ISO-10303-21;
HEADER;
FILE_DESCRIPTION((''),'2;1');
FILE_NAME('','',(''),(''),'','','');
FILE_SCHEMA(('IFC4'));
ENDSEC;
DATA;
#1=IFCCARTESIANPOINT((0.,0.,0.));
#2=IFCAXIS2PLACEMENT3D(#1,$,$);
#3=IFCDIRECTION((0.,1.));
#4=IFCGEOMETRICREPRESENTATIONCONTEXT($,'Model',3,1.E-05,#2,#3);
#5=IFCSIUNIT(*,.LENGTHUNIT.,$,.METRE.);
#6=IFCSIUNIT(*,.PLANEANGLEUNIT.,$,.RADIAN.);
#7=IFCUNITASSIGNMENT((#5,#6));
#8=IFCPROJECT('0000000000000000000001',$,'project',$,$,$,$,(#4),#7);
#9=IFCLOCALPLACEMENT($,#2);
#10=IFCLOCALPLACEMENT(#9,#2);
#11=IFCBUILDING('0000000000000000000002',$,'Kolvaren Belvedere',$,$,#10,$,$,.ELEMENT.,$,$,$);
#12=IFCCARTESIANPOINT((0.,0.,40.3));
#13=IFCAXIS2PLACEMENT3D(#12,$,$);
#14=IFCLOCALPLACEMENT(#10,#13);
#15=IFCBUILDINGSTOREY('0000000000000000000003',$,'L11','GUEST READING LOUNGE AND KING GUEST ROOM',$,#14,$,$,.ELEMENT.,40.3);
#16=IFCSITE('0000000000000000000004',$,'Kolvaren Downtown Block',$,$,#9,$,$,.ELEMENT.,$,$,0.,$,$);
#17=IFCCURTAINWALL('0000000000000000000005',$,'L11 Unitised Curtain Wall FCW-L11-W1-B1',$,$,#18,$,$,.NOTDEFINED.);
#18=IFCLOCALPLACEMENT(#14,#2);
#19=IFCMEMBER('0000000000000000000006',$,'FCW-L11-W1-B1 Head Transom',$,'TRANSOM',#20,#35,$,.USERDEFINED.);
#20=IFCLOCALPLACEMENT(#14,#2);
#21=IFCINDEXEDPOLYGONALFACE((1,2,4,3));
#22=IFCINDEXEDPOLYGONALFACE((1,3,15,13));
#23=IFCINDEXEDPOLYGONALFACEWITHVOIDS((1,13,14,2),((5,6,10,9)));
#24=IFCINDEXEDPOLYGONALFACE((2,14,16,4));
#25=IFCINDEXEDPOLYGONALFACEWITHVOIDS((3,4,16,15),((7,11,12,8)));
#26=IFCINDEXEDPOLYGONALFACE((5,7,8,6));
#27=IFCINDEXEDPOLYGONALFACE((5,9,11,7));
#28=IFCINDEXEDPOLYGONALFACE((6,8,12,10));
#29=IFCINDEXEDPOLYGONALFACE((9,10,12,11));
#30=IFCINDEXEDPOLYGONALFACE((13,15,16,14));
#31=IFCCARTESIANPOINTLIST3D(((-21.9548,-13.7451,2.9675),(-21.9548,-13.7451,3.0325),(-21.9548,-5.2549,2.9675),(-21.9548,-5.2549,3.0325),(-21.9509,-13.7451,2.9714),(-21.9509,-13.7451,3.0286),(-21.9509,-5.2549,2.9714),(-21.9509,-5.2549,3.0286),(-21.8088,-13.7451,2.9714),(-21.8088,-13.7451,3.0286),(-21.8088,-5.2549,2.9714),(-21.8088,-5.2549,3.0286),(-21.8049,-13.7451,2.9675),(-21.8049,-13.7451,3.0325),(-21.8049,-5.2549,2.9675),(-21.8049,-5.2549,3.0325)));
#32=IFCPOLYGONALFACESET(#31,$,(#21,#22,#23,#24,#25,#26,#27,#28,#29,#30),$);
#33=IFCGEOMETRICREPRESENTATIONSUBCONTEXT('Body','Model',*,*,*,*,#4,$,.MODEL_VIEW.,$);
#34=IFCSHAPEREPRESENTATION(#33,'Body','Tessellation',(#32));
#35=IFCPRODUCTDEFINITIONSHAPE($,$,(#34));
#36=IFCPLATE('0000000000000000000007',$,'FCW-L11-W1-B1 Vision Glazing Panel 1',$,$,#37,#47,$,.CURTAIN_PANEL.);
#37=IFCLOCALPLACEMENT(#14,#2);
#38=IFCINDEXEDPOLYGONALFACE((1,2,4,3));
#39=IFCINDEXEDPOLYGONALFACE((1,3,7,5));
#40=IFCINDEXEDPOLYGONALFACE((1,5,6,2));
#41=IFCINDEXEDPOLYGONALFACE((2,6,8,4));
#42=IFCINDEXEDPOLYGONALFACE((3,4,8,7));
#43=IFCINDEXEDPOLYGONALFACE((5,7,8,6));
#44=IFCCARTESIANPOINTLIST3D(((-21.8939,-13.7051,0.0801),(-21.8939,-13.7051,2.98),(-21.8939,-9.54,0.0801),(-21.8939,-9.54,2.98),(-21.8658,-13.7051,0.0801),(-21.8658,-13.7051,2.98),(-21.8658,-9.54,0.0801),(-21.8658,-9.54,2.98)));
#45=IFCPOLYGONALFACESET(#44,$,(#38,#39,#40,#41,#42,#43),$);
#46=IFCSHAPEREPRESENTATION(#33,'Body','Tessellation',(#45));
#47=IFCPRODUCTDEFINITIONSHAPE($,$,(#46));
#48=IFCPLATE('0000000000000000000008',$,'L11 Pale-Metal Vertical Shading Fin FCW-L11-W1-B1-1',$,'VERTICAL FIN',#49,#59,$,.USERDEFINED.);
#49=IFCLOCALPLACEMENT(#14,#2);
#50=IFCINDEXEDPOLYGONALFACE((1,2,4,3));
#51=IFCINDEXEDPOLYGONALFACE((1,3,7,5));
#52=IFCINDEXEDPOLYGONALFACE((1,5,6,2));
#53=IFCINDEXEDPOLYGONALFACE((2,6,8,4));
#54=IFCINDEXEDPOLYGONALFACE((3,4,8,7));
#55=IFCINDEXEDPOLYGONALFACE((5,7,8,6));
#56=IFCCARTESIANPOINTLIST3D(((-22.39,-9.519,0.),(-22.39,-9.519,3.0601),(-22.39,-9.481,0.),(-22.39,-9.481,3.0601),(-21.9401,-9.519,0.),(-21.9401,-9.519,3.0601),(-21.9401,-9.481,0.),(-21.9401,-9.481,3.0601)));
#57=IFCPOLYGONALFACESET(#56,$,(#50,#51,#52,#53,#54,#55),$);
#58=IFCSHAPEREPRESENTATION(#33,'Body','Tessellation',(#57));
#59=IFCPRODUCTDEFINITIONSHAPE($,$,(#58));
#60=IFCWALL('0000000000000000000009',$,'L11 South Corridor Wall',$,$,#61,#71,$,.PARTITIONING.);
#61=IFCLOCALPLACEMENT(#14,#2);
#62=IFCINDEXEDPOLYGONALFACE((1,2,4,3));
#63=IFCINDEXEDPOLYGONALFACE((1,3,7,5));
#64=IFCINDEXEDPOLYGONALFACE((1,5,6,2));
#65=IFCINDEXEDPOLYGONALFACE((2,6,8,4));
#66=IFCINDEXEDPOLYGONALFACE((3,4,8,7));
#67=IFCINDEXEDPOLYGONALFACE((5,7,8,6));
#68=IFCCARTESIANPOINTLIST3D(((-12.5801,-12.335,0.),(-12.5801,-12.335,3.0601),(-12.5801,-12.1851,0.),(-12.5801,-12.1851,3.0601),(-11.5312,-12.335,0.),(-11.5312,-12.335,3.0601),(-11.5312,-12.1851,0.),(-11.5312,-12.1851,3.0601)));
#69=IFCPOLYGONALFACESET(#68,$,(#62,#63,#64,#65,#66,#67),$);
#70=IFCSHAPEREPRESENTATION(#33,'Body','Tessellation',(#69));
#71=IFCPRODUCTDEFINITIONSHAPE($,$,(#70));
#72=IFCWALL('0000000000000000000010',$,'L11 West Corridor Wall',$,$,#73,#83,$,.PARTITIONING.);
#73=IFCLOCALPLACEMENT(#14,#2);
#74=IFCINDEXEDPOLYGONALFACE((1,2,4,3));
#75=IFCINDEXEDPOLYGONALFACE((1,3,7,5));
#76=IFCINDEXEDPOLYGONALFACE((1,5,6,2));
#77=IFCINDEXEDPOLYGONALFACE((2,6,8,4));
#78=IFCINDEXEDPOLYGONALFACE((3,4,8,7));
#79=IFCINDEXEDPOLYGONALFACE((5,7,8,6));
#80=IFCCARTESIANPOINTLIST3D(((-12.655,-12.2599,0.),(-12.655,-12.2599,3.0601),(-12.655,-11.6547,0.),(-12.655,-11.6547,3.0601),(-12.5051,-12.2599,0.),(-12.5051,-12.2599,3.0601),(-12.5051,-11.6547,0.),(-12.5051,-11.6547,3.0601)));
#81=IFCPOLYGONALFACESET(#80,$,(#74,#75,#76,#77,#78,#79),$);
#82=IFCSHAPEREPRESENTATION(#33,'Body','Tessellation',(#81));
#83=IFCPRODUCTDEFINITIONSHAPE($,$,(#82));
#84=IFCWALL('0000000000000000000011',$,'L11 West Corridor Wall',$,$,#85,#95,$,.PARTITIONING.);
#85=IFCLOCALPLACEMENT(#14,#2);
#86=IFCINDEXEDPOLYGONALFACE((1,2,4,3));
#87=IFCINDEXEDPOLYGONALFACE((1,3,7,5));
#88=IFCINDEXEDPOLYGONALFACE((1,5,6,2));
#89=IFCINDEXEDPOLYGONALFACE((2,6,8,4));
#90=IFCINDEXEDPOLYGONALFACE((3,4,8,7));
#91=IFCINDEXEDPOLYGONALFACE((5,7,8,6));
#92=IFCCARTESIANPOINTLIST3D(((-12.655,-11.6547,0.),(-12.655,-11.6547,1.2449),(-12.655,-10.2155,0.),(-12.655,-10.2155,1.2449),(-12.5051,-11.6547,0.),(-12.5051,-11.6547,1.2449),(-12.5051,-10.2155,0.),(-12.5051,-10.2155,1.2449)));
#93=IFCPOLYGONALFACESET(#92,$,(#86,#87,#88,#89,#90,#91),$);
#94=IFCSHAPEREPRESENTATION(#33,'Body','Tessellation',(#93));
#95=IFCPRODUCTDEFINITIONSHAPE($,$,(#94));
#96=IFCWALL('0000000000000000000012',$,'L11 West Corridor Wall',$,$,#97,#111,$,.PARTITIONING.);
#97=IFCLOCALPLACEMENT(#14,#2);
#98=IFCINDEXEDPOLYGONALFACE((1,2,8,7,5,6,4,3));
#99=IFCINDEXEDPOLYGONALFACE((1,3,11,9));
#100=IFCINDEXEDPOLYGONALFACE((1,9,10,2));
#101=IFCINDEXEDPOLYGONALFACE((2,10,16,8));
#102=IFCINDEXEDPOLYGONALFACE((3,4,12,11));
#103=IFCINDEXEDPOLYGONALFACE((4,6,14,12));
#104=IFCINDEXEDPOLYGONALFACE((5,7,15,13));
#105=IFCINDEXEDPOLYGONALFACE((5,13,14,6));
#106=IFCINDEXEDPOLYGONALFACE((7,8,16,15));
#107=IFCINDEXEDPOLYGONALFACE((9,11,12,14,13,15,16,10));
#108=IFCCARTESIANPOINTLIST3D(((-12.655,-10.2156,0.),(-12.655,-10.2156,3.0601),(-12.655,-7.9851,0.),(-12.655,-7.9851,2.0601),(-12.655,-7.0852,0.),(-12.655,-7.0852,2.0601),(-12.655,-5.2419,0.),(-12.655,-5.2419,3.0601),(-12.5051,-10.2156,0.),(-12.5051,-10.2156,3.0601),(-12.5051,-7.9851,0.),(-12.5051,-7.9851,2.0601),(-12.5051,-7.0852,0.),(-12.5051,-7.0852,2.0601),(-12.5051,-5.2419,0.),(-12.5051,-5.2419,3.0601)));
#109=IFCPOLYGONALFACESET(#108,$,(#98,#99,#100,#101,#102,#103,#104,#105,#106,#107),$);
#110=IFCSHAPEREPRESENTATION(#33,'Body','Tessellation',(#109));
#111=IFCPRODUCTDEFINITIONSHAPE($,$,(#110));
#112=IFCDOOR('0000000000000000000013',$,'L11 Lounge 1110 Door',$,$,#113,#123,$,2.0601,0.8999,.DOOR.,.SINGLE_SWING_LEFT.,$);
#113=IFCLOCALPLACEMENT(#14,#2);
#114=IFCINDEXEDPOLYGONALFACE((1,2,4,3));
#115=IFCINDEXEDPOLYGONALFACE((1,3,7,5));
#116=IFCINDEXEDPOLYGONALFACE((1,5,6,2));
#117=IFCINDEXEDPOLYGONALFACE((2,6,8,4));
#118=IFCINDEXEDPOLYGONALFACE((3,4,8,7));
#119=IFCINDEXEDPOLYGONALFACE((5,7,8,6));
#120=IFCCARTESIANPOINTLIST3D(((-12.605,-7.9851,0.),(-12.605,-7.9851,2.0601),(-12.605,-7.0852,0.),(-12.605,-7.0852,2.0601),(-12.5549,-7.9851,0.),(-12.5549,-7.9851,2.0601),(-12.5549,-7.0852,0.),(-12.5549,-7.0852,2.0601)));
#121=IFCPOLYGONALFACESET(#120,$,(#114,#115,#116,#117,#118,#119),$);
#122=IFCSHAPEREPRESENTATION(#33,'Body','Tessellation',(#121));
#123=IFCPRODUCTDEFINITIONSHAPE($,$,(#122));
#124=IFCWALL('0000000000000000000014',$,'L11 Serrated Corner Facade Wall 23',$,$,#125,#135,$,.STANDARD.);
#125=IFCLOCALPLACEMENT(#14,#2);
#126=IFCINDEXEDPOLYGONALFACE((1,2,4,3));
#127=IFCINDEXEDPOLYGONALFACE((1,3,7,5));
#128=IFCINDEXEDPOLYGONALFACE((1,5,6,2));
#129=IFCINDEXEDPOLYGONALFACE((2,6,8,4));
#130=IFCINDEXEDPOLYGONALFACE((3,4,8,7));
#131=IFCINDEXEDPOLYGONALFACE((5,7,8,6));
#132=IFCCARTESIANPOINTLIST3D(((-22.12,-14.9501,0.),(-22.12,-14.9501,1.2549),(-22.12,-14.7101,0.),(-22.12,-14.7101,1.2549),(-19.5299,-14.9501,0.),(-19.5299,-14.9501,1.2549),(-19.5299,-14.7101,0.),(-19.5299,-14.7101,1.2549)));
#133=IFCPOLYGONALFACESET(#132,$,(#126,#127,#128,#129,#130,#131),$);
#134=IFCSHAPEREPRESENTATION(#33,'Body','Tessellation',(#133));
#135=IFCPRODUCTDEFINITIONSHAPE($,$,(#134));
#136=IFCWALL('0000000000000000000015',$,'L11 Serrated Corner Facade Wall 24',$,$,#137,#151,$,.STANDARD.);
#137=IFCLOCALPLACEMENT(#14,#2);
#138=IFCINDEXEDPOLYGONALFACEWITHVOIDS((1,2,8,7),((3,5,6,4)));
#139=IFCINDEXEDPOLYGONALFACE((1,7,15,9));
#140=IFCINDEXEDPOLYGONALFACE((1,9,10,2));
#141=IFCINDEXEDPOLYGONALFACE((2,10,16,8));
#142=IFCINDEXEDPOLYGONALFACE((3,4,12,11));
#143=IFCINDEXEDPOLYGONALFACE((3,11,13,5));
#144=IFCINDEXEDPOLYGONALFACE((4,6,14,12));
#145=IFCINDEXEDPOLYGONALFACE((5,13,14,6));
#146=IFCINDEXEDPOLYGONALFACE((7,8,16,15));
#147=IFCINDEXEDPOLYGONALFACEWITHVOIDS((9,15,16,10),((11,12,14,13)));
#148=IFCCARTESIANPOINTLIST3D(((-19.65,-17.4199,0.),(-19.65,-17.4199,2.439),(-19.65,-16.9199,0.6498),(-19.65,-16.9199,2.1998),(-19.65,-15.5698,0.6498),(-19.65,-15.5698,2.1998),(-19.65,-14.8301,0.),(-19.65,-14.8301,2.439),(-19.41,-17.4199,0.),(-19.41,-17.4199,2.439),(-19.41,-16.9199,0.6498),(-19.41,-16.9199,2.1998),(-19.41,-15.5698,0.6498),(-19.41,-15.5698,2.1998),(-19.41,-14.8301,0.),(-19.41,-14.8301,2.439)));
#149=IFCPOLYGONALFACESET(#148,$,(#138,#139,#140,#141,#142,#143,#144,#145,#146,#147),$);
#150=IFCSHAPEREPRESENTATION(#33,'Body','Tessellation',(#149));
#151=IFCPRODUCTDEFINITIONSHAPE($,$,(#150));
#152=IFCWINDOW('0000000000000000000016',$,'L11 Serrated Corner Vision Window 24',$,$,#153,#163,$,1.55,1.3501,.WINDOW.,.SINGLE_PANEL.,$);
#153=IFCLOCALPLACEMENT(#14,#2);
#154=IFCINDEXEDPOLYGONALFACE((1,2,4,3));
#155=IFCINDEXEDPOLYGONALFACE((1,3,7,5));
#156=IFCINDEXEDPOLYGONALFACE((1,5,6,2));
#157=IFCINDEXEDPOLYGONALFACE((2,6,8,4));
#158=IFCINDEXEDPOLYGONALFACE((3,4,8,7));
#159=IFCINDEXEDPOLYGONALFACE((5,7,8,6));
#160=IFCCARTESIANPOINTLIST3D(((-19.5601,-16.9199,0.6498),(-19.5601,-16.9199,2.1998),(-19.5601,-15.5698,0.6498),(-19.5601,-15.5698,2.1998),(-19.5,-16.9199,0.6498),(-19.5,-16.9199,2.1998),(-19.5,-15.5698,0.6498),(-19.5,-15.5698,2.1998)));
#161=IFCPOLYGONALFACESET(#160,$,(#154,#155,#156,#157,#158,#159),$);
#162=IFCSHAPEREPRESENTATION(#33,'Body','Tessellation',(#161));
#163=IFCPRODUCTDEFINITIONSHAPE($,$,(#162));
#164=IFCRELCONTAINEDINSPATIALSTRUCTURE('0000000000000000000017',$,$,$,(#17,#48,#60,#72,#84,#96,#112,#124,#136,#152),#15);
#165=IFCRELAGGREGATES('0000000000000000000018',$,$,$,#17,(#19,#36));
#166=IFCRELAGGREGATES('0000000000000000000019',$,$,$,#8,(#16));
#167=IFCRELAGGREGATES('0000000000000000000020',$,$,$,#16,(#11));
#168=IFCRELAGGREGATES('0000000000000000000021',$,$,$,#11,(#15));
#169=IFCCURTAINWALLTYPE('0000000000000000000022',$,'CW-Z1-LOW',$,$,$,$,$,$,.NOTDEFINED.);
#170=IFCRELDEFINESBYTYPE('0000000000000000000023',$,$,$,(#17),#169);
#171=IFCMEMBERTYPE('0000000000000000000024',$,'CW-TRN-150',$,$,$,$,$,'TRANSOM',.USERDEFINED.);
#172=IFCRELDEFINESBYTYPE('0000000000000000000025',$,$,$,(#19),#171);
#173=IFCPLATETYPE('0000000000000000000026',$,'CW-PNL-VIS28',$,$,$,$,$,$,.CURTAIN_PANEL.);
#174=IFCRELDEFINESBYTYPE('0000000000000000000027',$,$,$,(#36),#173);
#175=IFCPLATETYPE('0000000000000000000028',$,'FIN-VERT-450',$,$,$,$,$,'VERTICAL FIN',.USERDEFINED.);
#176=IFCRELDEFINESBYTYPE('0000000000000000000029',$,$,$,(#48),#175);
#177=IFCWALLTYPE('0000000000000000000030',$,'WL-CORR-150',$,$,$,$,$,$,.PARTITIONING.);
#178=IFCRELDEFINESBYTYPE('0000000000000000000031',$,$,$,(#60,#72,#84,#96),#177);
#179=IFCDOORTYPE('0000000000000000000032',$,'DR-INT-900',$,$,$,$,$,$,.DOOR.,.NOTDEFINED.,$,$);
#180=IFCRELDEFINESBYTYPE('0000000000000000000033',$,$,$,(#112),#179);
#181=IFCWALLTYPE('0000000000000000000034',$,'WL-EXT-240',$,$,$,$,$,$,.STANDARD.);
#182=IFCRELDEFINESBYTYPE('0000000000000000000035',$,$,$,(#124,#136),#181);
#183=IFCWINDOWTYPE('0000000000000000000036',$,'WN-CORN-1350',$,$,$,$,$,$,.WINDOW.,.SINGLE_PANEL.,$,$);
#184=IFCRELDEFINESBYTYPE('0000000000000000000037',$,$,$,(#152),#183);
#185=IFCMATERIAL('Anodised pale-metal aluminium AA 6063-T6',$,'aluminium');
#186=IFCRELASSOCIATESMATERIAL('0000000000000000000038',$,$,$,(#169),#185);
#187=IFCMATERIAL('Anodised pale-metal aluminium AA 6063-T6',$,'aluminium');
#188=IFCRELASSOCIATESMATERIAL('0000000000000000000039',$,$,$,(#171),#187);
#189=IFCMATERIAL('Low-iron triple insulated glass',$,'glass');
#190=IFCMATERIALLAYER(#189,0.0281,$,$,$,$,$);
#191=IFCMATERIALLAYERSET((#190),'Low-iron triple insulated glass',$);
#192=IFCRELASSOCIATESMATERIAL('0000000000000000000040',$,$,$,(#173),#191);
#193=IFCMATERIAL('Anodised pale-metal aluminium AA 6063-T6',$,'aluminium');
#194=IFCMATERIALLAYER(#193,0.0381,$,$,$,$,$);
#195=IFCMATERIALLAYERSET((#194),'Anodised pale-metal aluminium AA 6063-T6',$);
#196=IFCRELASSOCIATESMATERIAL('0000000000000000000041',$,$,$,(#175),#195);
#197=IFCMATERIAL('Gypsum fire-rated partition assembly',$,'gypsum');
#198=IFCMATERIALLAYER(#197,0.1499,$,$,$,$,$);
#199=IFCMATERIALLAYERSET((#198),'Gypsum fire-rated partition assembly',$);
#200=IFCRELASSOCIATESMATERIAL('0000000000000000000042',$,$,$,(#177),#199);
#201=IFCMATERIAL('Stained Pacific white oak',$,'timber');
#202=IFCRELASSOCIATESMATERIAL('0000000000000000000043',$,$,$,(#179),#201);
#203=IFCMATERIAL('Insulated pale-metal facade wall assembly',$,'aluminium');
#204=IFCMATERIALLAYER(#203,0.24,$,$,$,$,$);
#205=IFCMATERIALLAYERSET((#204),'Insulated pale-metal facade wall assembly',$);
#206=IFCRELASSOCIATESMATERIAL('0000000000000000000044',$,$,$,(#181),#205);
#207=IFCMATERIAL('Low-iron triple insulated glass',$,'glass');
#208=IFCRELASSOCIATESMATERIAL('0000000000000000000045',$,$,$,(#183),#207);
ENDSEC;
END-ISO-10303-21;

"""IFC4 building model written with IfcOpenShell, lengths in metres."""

from ifc_helpers import new_model, si_unit, direction, frame, frame_2d, origin, origin_2d, place, context, subcontext, project, spatial, rectangle, hollow_rectangle, extrude, material, layer, layer_set, material_profile, profile_set, type_object, element, fill, aggregate, save


model = new_model("IFC4")

# Units and contexts
model_context = context("Model", 3, precision=1e-05, world=origin(), true_north=direction((0.0, 1.0)))
body_context = subcontext(model_context, "Body", "Model", "MODEL_VIEW")
ifc_project = project(units=[si_unit("LENGTHUNIT", "METRE"), si_unit("PLANEANGLEUNIT", "RADIAN")], contexts=[model_context])

# Site, building, storey
site_placement = place(None, origin())
site = spatial("IfcSite", under=ifc_project, at=site_placement, Name="Kolvaren Downtown Block", CompositionType="ELEMENT", RefElevation=0.0)
building_placement = place(site_placement, origin())
building = spatial("IfcBuilding", under=site, at=building_placement, Name="Kolvaren Belvedere", CompositionType="ELEMENT")
storey_placement = place(building_placement, frame((0.0, 0.0, 40.3)))
storey = spatial("IfcBuildingStorey", under=building, at=storey_placement, Name="L11", Description="GUEST READING LOUNGE AND KING GUEST ROOM", CompositionType="ELEMENT", Elevation=40.3)

# Shared definitions
ifc_material_1 = material(Name="Anodised pale-metal aluminium AA 6063-T6", Category="aluminium")
curtain_wall_type = type_object("IfcCurtainWallType", Name="CW-Z1-LOW", PredefinedType="NOTDEFINED", material=ifc_material_1)

# Curtain wall, member, plate
curtain_wall_1_placement = place(storey_placement, origin())
curtain_wall_1 = element("IfcCurtainWall", 1, at=curtain_wall_1_placement, inside=storey, type_object=curtain_wall_type, Name="L11 Unitised Curtain Wall FCW-L11-W1-B1", PredefinedType="NOTDEFINED")
ifc_material_2 = material(Name="Anodised pale-metal aluminium AA 6063-T6", Category="aluminium")
ifc_material_profile_1 = material_profile(ifc_material_2, hollow_rectangle(XDim=0.0649, YDim=0.1499, WallThickness=0.0039, at=origin_2d()), Name="ALU-TRN-150X65")
ifc_profile_set_1 = profile_set([ifc_material_profile_1], Name="Anodised pale-metal aluminium AA 6063-T6")
member_type_1 = type_object("IfcMemberType", Name="CW-TRN-150", ElementType="TRANSOM", PredefinedType="USERDEFINED", material=ifc_profile_set_1)
member_1_placement = place(storey_placement, frame((-21.8799, -13.7451, 3.0), z_axis=(0.0, 1.0, 0.0), x_axis=(0.0, 0.0, 1.0)))
member_1 = element("IfcMember", 2, at=member_1_placement, type_object=member_type_1, Name="FCW-L11-W1-B1 Head Transom", ObjectType="TRANSOM", PredefinedType="USERDEFINED", context=body_context, shape_type="SweptSolid", body=[
    extrude(hollow_rectangle(XDim=0.0649, YDim=0.1499, WallThickness=0.0039, at=origin_2d()), origin(), (0.0, 0.0, 1.0), 8.4902),
])
ifc_material_3 = material(Name="Low-iron triple insulated glass", Category="glass")
ifc_layer_1 = layer(ifc_material_3, 0.0281)
ifc_layer_set_1 = layer_set([ifc_layer_1], Name="Low-iron triple insulated glass")
plate_type_1 = type_object("IfcPlateType", Name="CW-PNL-VIS28", PredefinedType="CURTAIN_PANEL", material=ifc_layer_set_1)
plate_1_placement = place(storey_placement, frame((-21.8799, -11.6226, 0.0801), z_axis=(0.0, 0.0, 1.0), x_axis=(0.0, 1.0, 0.0)))
plate_1 = element("IfcPlate", 3, at=plate_1_placement, type_object=plate_type_1, Name="FCW-L11-W1-B1 Vision Glazing Panel 1", PredefinedType="CURTAIN_PANEL", context=body_context, shape_type="SweptSolid", body=[
    extrude(rectangle(XDim=4.165, YDim=0.0281, at=origin_2d()), origin(), (0.0, 0.0, 1.0), 2.8999),
])
aggregate(curtain_wall_1, [member_1, plate_1])

# Plate
ifc_material_4 = material(Name="Anodised pale-metal aluminium AA 6063-T6", Category="aluminium")
ifc_layer_2 = layer(ifc_material_4, 0.0381)
ifc_layer_set_2 = layer_set([ifc_layer_2], Name="Anodised pale-metal aluminium AA 6063-T6")
plate_type_2 = type_object("IfcPlateType", Name="FIN-VERT-450", ElementType="VERTICAL FIN", PredefinedType="USERDEFINED", material=ifc_layer_set_2)
plate_2_placement = place(storey_placement, frame((-22.165, -9.5, 0.0), z_axis=(0.0, 0.0, 1.0), x_axis=(1.0, 0.0, 0.0)))
element("IfcPlate", 4, at=plate_2_placement, inside=storey, type_object=plate_type_2, Name="L11 Pale-Metal Vertical Shading Fin FCW-L11-W1-B1-1", ObjectType="VERTICAL FIN", PredefinedType="USERDEFINED", context=body_context, shape_type="SweptSolid", body=[
    extrude(rectangle(XDim=0.45, YDim=0.0381, at=origin_2d()), origin(), (0.0, 0.0, 1.0), 3.0601),
])

# Walls
ifc_material_5 = material(Name="Gypsum fire-rated partition assembly", Category="gypsum")
ifc_layer_3 = layer(ifc_material_5, 0.1499)
ifc_layer_set_3 = layer_set([ifc_layer_3], Name="Gypsum fire-rated partition assembly")
wall_type_1 = type_object("IfcWallType", Name="WL-CORR-150", PredefinedType="PARTITIONING", material=ifc_layer_set_3)
wall_1_placement = place(storey_placement, frame((-12.5801, -12.26, 0.0), z_axis=(0.0, 0.0, 1.0), x_axis=(1.0, 0.0, 0.0)))
element("IfcWall", 5, at=wall_1_placement, inside=storey, type_object=wall_type_1, Name="L11 South Corridor Wall", PredefinedType="PARTITIONING", context=body_context, shape_type="SweptSolid", body=[
    extrude(rectangle(XDim=1.0488, YDim=0.1499, at=frame_2d((0.5244, 0.0))), origin(), (0.0, 0.0, 1.0), 3.0601),
])
wall_2_placement = place(storey_placement, frame((-12.5801, -12.26, 0.0), z_axis=(0.0, 0.0, 1.0), x_axis=(0.0, 1.0, 0.0)))
element("IfcWall", 6, at=wall_2_placement, inside=storey, type_object=wall_type_1, Name="L11 West Corridor Wall", PredefinedType="PARTITIONING", context=body_context, shape_type="SweptSolid", body=[
    extrude(rectangle(XDim=0.6052, YDim=0.1499, at=frame_2d((0.3027, 0.0))), origin(), (0.0, 0.0, 1.0), 3.0601),
])
wall_3_placement = place(storey_placement, frame((-12.5801, -11.6548, 0.0), z_axis=(0.0, 0.0, 1.0), x_axis=(0.0, 1.0, 0.0)))
element("IfcWall", 7, at=wall_3_placement, inside=storey, type_object=wall_type_1, Name="L11 West Corridor Wall", PredefinedType="PARTITIONING", context=body_context, shape_type="SweptSolid", body=[
    extrude(rectangle(XDim=1.4392, YDim=0.1499, at=frame_2d((0.7197, 0.0))), origin(), (0.0, 0.0, 1.0), 1.2449),
])

# Wall, opening, door
wall_4_placement = place(storey_placement, frame((-12.5801, -10.2156, 0.0), z_axis=(0.0, 0.0, 1.0), x_axis=(0.0, 1.0, 0.0)))
wall_4 = element("IfcWall", 8, at=wall_4_placement, inside=storey, type_object=wall_type_1, Name="L11 West Corridor Wall", PredefinedType="PARTITIONING", context=body_context, shape_type="SweptSolid", body=[
    extrude(rectangle(XDim=4.9736, YDim=0.1499, at=frame_2d((2.4868, 0.0))), origin(), (0.0, 0.0, 1.0), 3.0601),
])
opening_1_placement = place(wall_4_placement, frame((2.2305, 0.0, 0.0)))
opening_1 = element("IfcOpeningElement", 9, at=opening_1_placement, cuts=wall_4, PredefinedType="OPENING", context=body_context, shape_type="SweptSolid", body=[
    extrude(rectangle(XDim=0.8999, YDim=2.0601, at=frame_2d((0.45, 1.03))), frame((0.0, 0.085, 0.0), z_axis=(0.0, -1.0, 0.0), x_axis=(1.0, 0.0, 0.0)), (0.0, 0.0, 1.0), 0.1699),
])
ifc_material_6 = material(Name="Stained Pacific white oak", Category="timber")
door_type = type_object("IfcDoorType", Name="DR-INT-900", OperationType="NOTDEFINED", PredefinedType="DOOR", material=ifc_material_6)
door_placement = place(opening_1_placement, origin())
door = element("IfcDoor", 10, at=door_placement, inside=storey, type_object=door_type, Name="L11 Lounge 1110 Door", OperationType="SINGLE_SWING_LEFT", OverallHeight=2.0601, OverallWidth=0.8999, PredefinedType="DOOR", context=body_context, shape_type="SweptSolid", body=[
    extrude(rectangle(XDim=0.8999, YDim=2.0601, at=frame_2d((0.45, 1.03))), frame((0.0, 0.0249, 0.0), z_axis=(0.0, -1.0, 0.0), x_axis=(1.0, 0.0, 0.0)), (0.0, 0.0, 1.0), 0.05),
])
fill(opening_1, door)

# Wall
ifc_material_7 = material(Name="Insulated pale-metal facade wall assembly", Category="aluminium")
ifc_layer_4 = layer(ifc_material_7, 0.24)
ifc_layer_set_4 = layer_set([ifc_layer_4], Name="Insulated pale-metal facade wall assembly")
wall_type_2 = type_object("IfcWallType", Name="WL-EXT-240", PredefinedType="STANDARD", material=ifc_layer_set_4)
wall_5_placement = place(storey_placement, frame((-19.53, -14.8301, 0.0), z_axis=(0.0, 0.0, 1.0), x_axis=(-1.0, 0.0, 0.0)))
element("IfcWall", 11, at=wall_5_placement, inside=storey, type_object=wall_type_2, Name="L11 Serrated Corner Facade Wall 23", PredefinedType="STANDARD", context=body_context, shape_type="SweptSolid", body=[
    extrude(rectangle(XDim=2.5901, YDim=0.24, at=frame_2d((1.2949, 0.0))), origin(), (0.0, 0.0, 1.0), 1.2549),
])

# Wall, opening, window
wall_6_placement = place(storey_placement, frame((-19.53, -17.4199, 0.0), z_axis=(0.0, 0.0, 1.0), x_axis=(0.0, 1.0, 0.0)))
wall_6 = element("IfcWall", 12, at=wall_6_placement, inside=storey, type_object=wall_type_2, Name="L11 Serrated Corner Facade Wall 24", PredefinedType="STANDARD", context=body_context, shape_type="SweptSolid", body=[
    extrude(rectangle(XDim=2.5898, YDim=0.24, at=frame_2d((1.2949, 0.0))), origin(), (0.0, 0.0, 1.0), 2.439),
])
opening_2_placement = place(wall_6_placement, frame((0.5, 0.0, 0.6499)))
opening_2 = element("IfcOpeningElement", 13, at=opening_2_placement, cuts=wall_6, PredefinedType="OPENING", context=body_context, shape_type="SweptSolid", body=[
    extrude(rectangle(XDim=1.3501, YDim=1.55, at=frame_2d((0.675, 0.7749))), frame((0.0, 0.1299, 0.0), z_axis=(0.0, -1.0, 0.0), x_axis=(1.0, 0.0, 0.0)), (0.0, 0.0, 1.0), 0.26),
])
ifc_material_8 = material(Name="Low-iron triple insulated glass", Category="glass")
window_type = type_object("IfcWindowType", Name="WN-CORN-1350", PartitioningType="SINGLE_PANEL", PredefinedType="WINDOW", material=ifc_material_8)
window_1_placement = place(opening_2_placement, origin())
window_1 = element("IfcWindow", 14, at=window_1_placement, inside=storey, type_object=window_type, Name="L11 Serrated Corner Vision Window 24", OverallHeight=1.55, OverallWidth=1.3501, PartitioningType="SINGLE_PANEL", PredefinedType="WINDOW", context=body_context, shape_type="SweptSolid", body=[
    extrude(rectangle(XDim=1.3501, YDim=1.55, at=frame_2d((0.675, 0.7749))), frame((0.0, 0.03, 0.0), z_axis=(0.0, -1.0, 0.0), x_axis=(1.0, 0.0, 0.0)), (0.0, 0.0, 1.0), 0.0601),
])
fill(opening_2, window_1)

save(model, "model.ifc")
